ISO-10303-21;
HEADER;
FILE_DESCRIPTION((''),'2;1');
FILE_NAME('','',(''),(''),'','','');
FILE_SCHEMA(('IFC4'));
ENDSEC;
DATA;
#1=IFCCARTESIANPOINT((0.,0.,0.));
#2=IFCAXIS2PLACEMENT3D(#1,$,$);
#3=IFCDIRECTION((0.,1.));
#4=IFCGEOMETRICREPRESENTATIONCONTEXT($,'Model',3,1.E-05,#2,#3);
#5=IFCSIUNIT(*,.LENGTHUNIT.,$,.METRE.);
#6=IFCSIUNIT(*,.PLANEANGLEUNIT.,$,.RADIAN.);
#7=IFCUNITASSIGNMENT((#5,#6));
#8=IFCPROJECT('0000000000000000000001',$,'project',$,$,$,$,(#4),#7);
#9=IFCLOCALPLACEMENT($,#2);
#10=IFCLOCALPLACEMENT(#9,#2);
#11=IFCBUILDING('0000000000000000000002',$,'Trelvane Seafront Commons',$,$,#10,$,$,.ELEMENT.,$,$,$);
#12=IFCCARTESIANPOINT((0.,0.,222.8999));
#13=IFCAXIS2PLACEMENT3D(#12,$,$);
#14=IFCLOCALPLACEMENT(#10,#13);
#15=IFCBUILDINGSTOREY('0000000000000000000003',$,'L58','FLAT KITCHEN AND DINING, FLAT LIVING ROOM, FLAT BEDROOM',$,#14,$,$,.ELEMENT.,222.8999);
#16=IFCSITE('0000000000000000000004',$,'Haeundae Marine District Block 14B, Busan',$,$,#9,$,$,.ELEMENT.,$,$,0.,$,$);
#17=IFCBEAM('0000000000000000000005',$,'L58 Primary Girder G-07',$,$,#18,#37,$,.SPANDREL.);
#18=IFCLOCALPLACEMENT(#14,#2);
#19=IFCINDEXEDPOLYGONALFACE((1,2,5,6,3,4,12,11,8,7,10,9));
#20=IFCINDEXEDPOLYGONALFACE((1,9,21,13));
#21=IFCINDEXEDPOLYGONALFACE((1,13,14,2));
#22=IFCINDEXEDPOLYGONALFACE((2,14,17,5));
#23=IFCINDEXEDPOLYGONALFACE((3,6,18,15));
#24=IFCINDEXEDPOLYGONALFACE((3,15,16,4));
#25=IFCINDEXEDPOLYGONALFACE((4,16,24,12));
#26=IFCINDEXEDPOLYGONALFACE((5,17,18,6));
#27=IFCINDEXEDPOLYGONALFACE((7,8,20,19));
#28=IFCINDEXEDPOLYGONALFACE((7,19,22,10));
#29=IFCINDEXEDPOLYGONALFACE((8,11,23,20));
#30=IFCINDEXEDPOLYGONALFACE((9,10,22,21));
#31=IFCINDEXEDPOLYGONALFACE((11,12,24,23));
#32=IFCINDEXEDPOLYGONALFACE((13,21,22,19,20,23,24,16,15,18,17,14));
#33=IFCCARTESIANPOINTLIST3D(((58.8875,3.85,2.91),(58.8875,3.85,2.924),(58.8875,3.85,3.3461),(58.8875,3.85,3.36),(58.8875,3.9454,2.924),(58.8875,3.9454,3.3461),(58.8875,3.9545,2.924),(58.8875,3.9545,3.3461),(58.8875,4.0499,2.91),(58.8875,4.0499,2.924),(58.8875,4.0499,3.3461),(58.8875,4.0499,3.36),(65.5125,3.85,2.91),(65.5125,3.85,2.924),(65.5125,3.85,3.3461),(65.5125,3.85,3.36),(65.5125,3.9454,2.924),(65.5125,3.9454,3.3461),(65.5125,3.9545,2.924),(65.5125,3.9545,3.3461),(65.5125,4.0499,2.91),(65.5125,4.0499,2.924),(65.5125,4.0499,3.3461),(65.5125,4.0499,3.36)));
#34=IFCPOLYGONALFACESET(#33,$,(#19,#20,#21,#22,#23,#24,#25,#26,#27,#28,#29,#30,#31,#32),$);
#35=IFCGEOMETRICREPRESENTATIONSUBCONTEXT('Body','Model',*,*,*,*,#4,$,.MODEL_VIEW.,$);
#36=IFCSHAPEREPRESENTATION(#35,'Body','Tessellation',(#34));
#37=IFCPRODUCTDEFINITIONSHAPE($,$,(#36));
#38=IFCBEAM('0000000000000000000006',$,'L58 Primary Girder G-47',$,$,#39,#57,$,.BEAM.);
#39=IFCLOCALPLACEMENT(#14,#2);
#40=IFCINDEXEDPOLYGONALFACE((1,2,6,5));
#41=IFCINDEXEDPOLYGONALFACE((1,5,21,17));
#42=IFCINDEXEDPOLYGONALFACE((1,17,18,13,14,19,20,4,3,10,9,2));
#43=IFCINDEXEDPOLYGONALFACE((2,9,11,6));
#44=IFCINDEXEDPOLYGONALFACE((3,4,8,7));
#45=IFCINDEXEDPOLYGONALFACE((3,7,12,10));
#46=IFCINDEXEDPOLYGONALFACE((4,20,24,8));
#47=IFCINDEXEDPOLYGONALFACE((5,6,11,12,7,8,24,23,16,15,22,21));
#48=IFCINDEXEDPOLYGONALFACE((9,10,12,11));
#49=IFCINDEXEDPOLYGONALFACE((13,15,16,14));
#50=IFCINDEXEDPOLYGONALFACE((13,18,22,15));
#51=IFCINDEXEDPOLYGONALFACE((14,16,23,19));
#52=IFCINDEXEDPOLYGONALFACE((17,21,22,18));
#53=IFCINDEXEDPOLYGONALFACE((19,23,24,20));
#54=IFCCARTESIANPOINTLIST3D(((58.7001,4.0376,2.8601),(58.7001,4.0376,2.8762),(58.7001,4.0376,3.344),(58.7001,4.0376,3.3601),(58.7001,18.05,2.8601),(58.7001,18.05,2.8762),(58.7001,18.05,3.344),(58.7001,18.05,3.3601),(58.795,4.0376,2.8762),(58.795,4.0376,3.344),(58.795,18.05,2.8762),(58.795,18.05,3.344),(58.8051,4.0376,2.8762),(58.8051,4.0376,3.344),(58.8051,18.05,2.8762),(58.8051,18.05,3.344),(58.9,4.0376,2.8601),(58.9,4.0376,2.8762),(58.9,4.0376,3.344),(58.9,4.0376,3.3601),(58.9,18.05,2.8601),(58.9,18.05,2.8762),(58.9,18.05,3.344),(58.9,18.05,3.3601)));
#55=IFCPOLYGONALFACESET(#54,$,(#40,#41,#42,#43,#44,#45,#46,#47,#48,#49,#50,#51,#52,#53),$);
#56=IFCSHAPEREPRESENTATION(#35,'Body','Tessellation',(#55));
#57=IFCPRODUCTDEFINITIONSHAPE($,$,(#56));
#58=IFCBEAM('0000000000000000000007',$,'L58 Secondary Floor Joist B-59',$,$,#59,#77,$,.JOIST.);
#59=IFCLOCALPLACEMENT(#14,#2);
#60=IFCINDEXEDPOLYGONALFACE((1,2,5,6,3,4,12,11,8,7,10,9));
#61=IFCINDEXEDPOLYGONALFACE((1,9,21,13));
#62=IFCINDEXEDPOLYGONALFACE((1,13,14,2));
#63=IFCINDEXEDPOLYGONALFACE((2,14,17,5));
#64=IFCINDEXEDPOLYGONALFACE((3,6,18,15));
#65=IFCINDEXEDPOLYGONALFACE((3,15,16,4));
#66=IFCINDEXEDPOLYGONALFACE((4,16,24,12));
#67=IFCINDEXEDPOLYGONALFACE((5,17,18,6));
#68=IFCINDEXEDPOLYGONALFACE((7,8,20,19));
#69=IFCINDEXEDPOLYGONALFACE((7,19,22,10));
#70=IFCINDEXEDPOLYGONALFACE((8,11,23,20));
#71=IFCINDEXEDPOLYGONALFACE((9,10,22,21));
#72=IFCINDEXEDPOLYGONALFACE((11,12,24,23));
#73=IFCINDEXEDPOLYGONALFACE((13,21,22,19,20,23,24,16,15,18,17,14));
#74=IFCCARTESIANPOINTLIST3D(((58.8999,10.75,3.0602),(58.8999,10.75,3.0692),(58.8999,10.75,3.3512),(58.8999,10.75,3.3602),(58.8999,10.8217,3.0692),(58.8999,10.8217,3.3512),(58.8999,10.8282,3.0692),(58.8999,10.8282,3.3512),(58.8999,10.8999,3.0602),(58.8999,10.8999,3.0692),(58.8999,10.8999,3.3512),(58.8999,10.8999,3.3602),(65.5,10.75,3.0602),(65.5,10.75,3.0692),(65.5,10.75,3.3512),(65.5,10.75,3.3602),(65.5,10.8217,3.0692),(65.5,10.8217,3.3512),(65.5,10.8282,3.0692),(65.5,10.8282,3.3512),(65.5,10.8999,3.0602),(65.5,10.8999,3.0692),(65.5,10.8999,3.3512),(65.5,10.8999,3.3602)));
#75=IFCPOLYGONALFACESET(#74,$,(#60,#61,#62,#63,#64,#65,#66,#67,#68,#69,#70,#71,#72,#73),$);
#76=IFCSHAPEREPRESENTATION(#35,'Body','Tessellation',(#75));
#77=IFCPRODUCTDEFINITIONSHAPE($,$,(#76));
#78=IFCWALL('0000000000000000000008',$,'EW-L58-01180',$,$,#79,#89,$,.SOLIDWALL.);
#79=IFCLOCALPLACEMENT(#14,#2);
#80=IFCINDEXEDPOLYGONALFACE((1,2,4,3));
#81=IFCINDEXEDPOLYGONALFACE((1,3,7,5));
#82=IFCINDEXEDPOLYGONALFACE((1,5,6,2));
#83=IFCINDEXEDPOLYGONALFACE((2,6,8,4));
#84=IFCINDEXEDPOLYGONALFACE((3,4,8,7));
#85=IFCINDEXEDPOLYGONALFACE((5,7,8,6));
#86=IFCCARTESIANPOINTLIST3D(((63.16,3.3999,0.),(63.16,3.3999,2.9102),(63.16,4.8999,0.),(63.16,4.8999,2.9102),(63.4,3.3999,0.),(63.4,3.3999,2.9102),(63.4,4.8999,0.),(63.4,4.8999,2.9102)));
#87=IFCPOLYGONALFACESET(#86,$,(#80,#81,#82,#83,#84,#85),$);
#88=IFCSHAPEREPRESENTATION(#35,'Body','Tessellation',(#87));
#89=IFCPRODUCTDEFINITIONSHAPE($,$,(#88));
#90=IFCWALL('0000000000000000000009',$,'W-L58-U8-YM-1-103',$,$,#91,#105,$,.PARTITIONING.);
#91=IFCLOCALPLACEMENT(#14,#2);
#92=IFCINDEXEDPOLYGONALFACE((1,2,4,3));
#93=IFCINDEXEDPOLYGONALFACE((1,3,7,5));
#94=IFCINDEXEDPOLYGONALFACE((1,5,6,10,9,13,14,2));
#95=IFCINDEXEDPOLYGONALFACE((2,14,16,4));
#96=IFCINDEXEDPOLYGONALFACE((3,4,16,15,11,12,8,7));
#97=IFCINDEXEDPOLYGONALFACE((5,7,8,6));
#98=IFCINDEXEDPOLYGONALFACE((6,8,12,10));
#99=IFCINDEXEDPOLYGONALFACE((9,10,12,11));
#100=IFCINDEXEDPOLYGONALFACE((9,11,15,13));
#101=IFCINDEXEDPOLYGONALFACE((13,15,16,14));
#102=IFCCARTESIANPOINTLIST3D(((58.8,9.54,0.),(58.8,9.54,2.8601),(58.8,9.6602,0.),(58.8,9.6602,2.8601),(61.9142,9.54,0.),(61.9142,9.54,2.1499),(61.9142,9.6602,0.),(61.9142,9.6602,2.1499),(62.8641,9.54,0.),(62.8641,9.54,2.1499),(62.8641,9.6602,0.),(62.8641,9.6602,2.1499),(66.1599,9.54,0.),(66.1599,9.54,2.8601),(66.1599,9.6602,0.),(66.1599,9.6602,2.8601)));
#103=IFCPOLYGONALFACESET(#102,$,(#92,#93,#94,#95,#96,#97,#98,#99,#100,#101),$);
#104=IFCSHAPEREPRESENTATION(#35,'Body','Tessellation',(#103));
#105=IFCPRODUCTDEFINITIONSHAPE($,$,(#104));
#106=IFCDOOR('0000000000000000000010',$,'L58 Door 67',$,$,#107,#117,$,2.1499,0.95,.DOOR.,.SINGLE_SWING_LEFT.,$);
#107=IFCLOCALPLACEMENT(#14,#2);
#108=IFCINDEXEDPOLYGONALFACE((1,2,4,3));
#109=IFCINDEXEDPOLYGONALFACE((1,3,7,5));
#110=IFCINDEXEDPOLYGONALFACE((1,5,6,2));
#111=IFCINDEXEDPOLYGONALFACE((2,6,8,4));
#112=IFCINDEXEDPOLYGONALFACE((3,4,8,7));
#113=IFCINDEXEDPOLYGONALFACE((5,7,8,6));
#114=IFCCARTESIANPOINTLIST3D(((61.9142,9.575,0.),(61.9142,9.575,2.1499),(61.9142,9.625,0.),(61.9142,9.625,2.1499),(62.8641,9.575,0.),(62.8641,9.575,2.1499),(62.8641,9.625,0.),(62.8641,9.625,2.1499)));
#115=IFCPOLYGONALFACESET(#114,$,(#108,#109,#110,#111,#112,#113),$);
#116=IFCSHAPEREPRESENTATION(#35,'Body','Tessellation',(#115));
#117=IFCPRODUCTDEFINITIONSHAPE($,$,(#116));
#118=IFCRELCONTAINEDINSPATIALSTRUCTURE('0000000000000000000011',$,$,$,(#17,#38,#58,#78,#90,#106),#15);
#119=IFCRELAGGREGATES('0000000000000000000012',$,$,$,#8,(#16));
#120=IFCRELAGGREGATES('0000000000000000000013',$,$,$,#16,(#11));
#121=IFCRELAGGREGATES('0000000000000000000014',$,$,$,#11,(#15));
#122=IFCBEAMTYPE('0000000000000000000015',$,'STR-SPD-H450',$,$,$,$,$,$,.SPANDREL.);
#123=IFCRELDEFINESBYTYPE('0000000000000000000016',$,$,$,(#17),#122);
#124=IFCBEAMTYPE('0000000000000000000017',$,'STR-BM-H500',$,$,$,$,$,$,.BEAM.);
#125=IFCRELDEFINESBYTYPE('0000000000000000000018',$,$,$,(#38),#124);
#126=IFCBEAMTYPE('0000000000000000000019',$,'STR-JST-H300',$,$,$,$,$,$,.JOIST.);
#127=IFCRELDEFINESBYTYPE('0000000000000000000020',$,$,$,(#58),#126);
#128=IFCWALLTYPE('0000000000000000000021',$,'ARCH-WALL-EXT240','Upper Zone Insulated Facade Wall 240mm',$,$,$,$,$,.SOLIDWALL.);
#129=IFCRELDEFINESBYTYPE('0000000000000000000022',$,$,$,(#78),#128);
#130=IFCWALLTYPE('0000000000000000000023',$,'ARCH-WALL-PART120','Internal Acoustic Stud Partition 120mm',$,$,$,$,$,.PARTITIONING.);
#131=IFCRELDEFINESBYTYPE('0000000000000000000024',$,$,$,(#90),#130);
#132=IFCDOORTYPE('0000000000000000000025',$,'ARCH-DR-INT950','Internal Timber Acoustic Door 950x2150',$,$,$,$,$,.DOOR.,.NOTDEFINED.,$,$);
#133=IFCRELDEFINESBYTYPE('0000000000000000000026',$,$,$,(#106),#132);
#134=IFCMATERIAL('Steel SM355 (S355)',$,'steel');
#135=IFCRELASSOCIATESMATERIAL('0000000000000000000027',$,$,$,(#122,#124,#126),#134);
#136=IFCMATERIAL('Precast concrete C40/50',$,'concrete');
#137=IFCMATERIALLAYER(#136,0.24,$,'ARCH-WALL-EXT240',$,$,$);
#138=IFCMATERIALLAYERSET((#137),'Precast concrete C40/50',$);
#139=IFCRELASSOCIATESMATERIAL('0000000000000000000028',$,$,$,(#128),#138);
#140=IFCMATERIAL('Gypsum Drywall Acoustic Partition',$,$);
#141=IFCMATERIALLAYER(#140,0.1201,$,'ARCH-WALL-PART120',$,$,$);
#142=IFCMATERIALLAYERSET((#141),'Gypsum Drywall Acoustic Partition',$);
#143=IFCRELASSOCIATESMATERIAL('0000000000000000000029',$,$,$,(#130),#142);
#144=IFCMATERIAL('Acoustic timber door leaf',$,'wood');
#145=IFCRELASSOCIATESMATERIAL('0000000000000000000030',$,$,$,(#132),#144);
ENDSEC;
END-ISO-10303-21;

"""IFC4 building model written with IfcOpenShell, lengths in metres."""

from ifc_helpers import new_model, si_unit, direction, frame, frame_2d, origin, origin_2d, place, context, subcontext, project, spatial, rectangle, i_section, extrude, source, transform, mapped, material, layer, layer_set, material_profile, profile_set, type_object, element, fill, save


model = new_model("IFC4")

# Units and contexts
model_context = context("Model", 3, precision=1e-05, world=origin(), true_north=direction((0.0, 1.0)))
body_context = subcontext(model_context, "Body", "Model", "MODEL_VIEW")
ifc_project = project(units=[si_unit("LENGTHUNIT", "METRE"), si_unit("PLANEANGLEUNIT", "RADIAN")], contexts=[model_context])

# Site, building, storey
site_placement = place(None, origin())
site = spatial("IfcSite", under=ifc_project, at=site_placement, Name="Haeundae Marine District Block 14B, Busan", CompositionType="ELEMENT", RefElevation=0.0)
building_placement = place(site_placement, origin())
building = spatial("IfcBuilding", under=site, at=building_placement, Name="Trelvane Seafront Commons", CompositionType="ELEMENT")
storey_placement = place(building_placement, frame((0.0, 0.0, 222.8999)))
storey = spatial("IfcBuildingStorey", under=building, at=storey_placement, Name="L58", Description="FLAT KITCHEN AND DINING, FLAT LIVING ROOM, FLAT BEDROOM", CompositionType="ELEMENT", Elevation=222.8999)

# Beams
ifc_material_1 = material(Name="Steel SM355 (S355)", Category="steel")
ifc_material_profile_1 = material_profile(ifc_material_1, i_section(OverallWidth=0.2, OverallDepth=0.45, WebThickness=0.009, FlangeThickness=0.0139, at=origin_2d()), Name="H-450x200x9x14")
ifc_profile_set_1 = profile_set([ifc_material_profile_1], Name="Steel SM355 (S355)")
beam_type_1 = type_object("IfcBeamType", Name="STR-SPD-H450", PredefinedType="SPANDREL", material=ifc_profile_set_1)
shared_shape_1 = source(origin(), body_context, "Body", "SweptSolid", [
    extrude(i_section(OverallWidth=0.2, OverallDepth=0.45, WebThickness=0.009, FlangeThickness=0.0139, at=origin_2d()), origin(), (0.0, 0.0, 1.0), 6.625),
])
beam_1_placement = place(storey_placement, frame((58.8875, 3.95, 3.135), z_axis=(1.0, 0.0, 0.0), x_axis=(0.0, 1.0, 0.0)))
element("IfcBeam", 1, at=beam_1_placement, inside=storey, type_object=beam_type_1, Name="L58 Primary Girder G-07", PredefinedType="SPANDREL", context=body_context, shape_type="MappedRepresentation", body=[
    mapped(shared_shape_1, transform((0.0, 0.0, 0.0), x_axis=(1.0, 0.0, 0.0), y_axis=(0.0, 1.0, 0.0), z_axis=(0.0, 0.0, 1.0), scale=1.0)),
])
ifc_material_profile_2 = material_profile(ifc_material_1, i_section(OverallWidth=0.2, OverallDepth=0.5, WebThickness=0.01, FlangeThickness=0.0161, at=origin_2d()), Name="H-500x200x10x16")
ifc_profile_set_2 = profile_set([ifc_material_profile_2], Name="Steel SM355 (S355)")
beam_type_2 = type_object("IfcBeamType", Name="STR-BM-H500", PredefinedType="BEAM", material=ifc_profile_set_2)
shared_shape_2 = source(origin(), body_context, "Body", "SweptSolid", [
    extrude(i_section(OverallWidth=0.2, OverallDepth=0.5, WebThickness=0.01, FlangeThickness=0.0161, at=origin_2d()), origin(), (0.0, 0.0, 1.0), 14.0125),
])
beam_2_placement = place(storey_placement, frame((58.8, 4.0376, 3.1101), z_axis=(0.0, 1.0, 0.0), x_axis=(-1.0, 0.0, 0.0)))
element("IfcBeam", 2, at=beam_2_placement, inside=storey, type_object=beam_type_2, Name="L58 Primary Girder G-47", PredefinedType="BEAM", context=body_context, shape_type="MappedRepresentation", body=[
    mapped(shared_shape_2, transform((0.0, 0.0, 0.0), x_axis=(1.0, 0.0, 0.0), y_axis=(0.0, 1.0, 0.0), z_axis=(0.0, 0.0, 1.0), scale=1.0)),
])
ifc_material_profile_3 = material_profile(ifc_material_1, i_section(OverallWidth=0.1499, OverallDepth=0.3, WebThickness=0.0066, FlangeThickness=0.009, at=origin_2d()), Name="H-300x150x6.5x9")
ifc_profile_set_3 = profile_set([ifc_material_profile_3], Name="Steel SM355 (S355)")
beam_type_3 = type_object("IfcBeamType", Name="STR-JST-H300", PredefinedType="JOIST", material=ifc_profile_set_3)
shared_shape_3 = source(origin(), body_context, "Body", "SweptSolid", [
    extrude(i_section(OverallWidth=0.1499, OverallDepth=0.3, WebThickness=0.0066, FlangeThickness=0.009, at=origin_2d()), origin(), (0.0, 0.0, 1.0), 6.6001),
])
beam_3_placement = place(storey_placement, frame((58.8999, 10.825, 3.2102), z_axis=(1.0, 0.0, 0.0), x_axis=(0.0, 1.0, 0.0)))
element("IfcBeam", 3, at=beam_3_placement, inside=storey, type_object=beam_type_3, Name="L58 Secondary Floor Joist B-59", PredefinedType="JOIST", context=body_context, shape_type="MappedRepresentation", body=[
    mapped(shared_shape_3, transform((0.0, 0.0, 0.0), x_axis=(1.0, 0.0, 0.0), y_axis=(0.0, 1.0, 0.0), z_axis=(0.0, 0.0, 1.0), scale=1.0)),
])

# Wall
ifc_material_2 = material(Name="Precast concrete C40/50", Category="concrete")
ifc_layer_1 = layer(ifc_material_2, 0.24, Name="ARCH-WALL-EXT240")
ifc_layer_set_1 = layer_set([ifc_layer_1], Name="Precast concrete C40/50")
wall_type_1 = type_object("IfcWallType", Name="ARCH-WALL-EXT240", Description="Upper Zone Insulated Facade Wall 240mm", PredefinedType="SOLIDWALL", material=ifc_layer_set_1)
wall_1_placement = place(storey_placement, frame((63.28, 4.8999, 0.0), z_axis=(0.0, 0.0, 1.0), x_axis=(0.0, -1.0, 0.0)))
element("IfcWall", 4, at=wall_1_placement, inside=storey, type_object=wall_type_1, Name="EW-L58-01180", PredefinedType="SOLIDWALL", context=body_context, shape_type="SweptSolid", body=[
    extrude(rectangle(XDim=1.5, YDim=0.24, at=frame_2d((0.75, 0.0))), origin(), (0.0, 0.0, 1.0), 2.9102),
])

# Wall, opening, door
ifc_material_3 = material(Name="Gypsum Drywall Acoustic Partition")
ifc_layer_2 = layer(ifc_material_3, 0.1201, Name="ARCH-WALL-PART120")
ifc_layer_set_2 = layer_set([ifc_layer_2], Name="Gypsum Drywall Acoustic Partition")
wall_type_2 = type_object("IfcWallType", Name="ARCH-WALL-PART120", Description="Internal Acoustic Stud Partition 120mm", PredefinedType="PARTITIONING", material=ifc_layer_set_2)
wall_2_placement = place(storey_placement, frame((58.8, 9.6001, 0.0), z_axis=(0.0, 0.0, 1.0), x_axis=(1.0, 0.0, 0.0)))
wall_2 = element("IfcWall", 5, at=wall_2_placement, inside=storey, type_object=wall_type_2, Name="W-L58-U8-YM-1-103", PredefinedType="PARTITIONING", context=body_context, shape_type="SweptSolid", body=[
    extrude(rectangle(XDim=7.3599, YDim=0.1201, at=frame_2d((3.6799, 0.0))), origin(), (0.0, 0.0, 1.0), 2.8601),
])
opening_placement = place(wall_2_placement, frame((3.114, 0.0, 0.0)))
opening = element("IfcOpeningElement", 6, at=opening_placement, cuts=wall_2, PredefinedType="OPENING", context=body_context, shape_type="SweptSolid", body=[
    extrude(rectangle(XDim=0.95, YDim=2.1499, at=frame_2d((0.4751, 1.075))), frame((0.0, 0.0701, 0.0), z_axis=(0.0, -1.0, 0.0), x_axis=(1.0, 0.0, 0.0)), (0.0, 0.0, 1.0), 0.1401),
])
ifc_material_4 = material(Name="Acoustic timber door leaf", Category="wood")
door_type = type_object("IfcDoorType", Name="ARCH-DR-INT950", Description="Internal Timber Acoustic Door 950x2150", OperationType="NOTDEFINED", PredefinedType="DOOR", material=ifc_material_4)
shared_shape_4 = source(origin(), body_context, "Body", "SweptSolid", [
    extrude(rectangle(XDim=0.95, YDim=2.1499, at=frame_2d((0.4751, 1.075))), frame((0.0, 0.0249, 0.0), z_axis=(0.0, -1.0, 0.0), x_axis=(1.0, 0.0, 0.0)), (0.0, 0.0, 1.0), 0.05),
])
door_placement = place(opening_placement, origin())
door = element("IfcDoor", 7, at=door_placement, inside=storey, type_object=door_type, Name="L58 Door 67", OperationType="SINGLE_SWING_LEFT", OverallHeight=2.1499, OverallWidth=0.95, PredefinedType="DOOR", context=body_context, shape_type="MappedRepresentation", body=[
    mapped(shared_shape_4, transform((0.0, 0.0, 0.0), x_axis=(1.0, 0.0, 0.0), y_axis=(0.0, 1.0, 0.0), z_axis=(0.0, 0.0, 1.0), scale=1.0)),
])
fill(opening, door)

save(model, "model.ifc")
